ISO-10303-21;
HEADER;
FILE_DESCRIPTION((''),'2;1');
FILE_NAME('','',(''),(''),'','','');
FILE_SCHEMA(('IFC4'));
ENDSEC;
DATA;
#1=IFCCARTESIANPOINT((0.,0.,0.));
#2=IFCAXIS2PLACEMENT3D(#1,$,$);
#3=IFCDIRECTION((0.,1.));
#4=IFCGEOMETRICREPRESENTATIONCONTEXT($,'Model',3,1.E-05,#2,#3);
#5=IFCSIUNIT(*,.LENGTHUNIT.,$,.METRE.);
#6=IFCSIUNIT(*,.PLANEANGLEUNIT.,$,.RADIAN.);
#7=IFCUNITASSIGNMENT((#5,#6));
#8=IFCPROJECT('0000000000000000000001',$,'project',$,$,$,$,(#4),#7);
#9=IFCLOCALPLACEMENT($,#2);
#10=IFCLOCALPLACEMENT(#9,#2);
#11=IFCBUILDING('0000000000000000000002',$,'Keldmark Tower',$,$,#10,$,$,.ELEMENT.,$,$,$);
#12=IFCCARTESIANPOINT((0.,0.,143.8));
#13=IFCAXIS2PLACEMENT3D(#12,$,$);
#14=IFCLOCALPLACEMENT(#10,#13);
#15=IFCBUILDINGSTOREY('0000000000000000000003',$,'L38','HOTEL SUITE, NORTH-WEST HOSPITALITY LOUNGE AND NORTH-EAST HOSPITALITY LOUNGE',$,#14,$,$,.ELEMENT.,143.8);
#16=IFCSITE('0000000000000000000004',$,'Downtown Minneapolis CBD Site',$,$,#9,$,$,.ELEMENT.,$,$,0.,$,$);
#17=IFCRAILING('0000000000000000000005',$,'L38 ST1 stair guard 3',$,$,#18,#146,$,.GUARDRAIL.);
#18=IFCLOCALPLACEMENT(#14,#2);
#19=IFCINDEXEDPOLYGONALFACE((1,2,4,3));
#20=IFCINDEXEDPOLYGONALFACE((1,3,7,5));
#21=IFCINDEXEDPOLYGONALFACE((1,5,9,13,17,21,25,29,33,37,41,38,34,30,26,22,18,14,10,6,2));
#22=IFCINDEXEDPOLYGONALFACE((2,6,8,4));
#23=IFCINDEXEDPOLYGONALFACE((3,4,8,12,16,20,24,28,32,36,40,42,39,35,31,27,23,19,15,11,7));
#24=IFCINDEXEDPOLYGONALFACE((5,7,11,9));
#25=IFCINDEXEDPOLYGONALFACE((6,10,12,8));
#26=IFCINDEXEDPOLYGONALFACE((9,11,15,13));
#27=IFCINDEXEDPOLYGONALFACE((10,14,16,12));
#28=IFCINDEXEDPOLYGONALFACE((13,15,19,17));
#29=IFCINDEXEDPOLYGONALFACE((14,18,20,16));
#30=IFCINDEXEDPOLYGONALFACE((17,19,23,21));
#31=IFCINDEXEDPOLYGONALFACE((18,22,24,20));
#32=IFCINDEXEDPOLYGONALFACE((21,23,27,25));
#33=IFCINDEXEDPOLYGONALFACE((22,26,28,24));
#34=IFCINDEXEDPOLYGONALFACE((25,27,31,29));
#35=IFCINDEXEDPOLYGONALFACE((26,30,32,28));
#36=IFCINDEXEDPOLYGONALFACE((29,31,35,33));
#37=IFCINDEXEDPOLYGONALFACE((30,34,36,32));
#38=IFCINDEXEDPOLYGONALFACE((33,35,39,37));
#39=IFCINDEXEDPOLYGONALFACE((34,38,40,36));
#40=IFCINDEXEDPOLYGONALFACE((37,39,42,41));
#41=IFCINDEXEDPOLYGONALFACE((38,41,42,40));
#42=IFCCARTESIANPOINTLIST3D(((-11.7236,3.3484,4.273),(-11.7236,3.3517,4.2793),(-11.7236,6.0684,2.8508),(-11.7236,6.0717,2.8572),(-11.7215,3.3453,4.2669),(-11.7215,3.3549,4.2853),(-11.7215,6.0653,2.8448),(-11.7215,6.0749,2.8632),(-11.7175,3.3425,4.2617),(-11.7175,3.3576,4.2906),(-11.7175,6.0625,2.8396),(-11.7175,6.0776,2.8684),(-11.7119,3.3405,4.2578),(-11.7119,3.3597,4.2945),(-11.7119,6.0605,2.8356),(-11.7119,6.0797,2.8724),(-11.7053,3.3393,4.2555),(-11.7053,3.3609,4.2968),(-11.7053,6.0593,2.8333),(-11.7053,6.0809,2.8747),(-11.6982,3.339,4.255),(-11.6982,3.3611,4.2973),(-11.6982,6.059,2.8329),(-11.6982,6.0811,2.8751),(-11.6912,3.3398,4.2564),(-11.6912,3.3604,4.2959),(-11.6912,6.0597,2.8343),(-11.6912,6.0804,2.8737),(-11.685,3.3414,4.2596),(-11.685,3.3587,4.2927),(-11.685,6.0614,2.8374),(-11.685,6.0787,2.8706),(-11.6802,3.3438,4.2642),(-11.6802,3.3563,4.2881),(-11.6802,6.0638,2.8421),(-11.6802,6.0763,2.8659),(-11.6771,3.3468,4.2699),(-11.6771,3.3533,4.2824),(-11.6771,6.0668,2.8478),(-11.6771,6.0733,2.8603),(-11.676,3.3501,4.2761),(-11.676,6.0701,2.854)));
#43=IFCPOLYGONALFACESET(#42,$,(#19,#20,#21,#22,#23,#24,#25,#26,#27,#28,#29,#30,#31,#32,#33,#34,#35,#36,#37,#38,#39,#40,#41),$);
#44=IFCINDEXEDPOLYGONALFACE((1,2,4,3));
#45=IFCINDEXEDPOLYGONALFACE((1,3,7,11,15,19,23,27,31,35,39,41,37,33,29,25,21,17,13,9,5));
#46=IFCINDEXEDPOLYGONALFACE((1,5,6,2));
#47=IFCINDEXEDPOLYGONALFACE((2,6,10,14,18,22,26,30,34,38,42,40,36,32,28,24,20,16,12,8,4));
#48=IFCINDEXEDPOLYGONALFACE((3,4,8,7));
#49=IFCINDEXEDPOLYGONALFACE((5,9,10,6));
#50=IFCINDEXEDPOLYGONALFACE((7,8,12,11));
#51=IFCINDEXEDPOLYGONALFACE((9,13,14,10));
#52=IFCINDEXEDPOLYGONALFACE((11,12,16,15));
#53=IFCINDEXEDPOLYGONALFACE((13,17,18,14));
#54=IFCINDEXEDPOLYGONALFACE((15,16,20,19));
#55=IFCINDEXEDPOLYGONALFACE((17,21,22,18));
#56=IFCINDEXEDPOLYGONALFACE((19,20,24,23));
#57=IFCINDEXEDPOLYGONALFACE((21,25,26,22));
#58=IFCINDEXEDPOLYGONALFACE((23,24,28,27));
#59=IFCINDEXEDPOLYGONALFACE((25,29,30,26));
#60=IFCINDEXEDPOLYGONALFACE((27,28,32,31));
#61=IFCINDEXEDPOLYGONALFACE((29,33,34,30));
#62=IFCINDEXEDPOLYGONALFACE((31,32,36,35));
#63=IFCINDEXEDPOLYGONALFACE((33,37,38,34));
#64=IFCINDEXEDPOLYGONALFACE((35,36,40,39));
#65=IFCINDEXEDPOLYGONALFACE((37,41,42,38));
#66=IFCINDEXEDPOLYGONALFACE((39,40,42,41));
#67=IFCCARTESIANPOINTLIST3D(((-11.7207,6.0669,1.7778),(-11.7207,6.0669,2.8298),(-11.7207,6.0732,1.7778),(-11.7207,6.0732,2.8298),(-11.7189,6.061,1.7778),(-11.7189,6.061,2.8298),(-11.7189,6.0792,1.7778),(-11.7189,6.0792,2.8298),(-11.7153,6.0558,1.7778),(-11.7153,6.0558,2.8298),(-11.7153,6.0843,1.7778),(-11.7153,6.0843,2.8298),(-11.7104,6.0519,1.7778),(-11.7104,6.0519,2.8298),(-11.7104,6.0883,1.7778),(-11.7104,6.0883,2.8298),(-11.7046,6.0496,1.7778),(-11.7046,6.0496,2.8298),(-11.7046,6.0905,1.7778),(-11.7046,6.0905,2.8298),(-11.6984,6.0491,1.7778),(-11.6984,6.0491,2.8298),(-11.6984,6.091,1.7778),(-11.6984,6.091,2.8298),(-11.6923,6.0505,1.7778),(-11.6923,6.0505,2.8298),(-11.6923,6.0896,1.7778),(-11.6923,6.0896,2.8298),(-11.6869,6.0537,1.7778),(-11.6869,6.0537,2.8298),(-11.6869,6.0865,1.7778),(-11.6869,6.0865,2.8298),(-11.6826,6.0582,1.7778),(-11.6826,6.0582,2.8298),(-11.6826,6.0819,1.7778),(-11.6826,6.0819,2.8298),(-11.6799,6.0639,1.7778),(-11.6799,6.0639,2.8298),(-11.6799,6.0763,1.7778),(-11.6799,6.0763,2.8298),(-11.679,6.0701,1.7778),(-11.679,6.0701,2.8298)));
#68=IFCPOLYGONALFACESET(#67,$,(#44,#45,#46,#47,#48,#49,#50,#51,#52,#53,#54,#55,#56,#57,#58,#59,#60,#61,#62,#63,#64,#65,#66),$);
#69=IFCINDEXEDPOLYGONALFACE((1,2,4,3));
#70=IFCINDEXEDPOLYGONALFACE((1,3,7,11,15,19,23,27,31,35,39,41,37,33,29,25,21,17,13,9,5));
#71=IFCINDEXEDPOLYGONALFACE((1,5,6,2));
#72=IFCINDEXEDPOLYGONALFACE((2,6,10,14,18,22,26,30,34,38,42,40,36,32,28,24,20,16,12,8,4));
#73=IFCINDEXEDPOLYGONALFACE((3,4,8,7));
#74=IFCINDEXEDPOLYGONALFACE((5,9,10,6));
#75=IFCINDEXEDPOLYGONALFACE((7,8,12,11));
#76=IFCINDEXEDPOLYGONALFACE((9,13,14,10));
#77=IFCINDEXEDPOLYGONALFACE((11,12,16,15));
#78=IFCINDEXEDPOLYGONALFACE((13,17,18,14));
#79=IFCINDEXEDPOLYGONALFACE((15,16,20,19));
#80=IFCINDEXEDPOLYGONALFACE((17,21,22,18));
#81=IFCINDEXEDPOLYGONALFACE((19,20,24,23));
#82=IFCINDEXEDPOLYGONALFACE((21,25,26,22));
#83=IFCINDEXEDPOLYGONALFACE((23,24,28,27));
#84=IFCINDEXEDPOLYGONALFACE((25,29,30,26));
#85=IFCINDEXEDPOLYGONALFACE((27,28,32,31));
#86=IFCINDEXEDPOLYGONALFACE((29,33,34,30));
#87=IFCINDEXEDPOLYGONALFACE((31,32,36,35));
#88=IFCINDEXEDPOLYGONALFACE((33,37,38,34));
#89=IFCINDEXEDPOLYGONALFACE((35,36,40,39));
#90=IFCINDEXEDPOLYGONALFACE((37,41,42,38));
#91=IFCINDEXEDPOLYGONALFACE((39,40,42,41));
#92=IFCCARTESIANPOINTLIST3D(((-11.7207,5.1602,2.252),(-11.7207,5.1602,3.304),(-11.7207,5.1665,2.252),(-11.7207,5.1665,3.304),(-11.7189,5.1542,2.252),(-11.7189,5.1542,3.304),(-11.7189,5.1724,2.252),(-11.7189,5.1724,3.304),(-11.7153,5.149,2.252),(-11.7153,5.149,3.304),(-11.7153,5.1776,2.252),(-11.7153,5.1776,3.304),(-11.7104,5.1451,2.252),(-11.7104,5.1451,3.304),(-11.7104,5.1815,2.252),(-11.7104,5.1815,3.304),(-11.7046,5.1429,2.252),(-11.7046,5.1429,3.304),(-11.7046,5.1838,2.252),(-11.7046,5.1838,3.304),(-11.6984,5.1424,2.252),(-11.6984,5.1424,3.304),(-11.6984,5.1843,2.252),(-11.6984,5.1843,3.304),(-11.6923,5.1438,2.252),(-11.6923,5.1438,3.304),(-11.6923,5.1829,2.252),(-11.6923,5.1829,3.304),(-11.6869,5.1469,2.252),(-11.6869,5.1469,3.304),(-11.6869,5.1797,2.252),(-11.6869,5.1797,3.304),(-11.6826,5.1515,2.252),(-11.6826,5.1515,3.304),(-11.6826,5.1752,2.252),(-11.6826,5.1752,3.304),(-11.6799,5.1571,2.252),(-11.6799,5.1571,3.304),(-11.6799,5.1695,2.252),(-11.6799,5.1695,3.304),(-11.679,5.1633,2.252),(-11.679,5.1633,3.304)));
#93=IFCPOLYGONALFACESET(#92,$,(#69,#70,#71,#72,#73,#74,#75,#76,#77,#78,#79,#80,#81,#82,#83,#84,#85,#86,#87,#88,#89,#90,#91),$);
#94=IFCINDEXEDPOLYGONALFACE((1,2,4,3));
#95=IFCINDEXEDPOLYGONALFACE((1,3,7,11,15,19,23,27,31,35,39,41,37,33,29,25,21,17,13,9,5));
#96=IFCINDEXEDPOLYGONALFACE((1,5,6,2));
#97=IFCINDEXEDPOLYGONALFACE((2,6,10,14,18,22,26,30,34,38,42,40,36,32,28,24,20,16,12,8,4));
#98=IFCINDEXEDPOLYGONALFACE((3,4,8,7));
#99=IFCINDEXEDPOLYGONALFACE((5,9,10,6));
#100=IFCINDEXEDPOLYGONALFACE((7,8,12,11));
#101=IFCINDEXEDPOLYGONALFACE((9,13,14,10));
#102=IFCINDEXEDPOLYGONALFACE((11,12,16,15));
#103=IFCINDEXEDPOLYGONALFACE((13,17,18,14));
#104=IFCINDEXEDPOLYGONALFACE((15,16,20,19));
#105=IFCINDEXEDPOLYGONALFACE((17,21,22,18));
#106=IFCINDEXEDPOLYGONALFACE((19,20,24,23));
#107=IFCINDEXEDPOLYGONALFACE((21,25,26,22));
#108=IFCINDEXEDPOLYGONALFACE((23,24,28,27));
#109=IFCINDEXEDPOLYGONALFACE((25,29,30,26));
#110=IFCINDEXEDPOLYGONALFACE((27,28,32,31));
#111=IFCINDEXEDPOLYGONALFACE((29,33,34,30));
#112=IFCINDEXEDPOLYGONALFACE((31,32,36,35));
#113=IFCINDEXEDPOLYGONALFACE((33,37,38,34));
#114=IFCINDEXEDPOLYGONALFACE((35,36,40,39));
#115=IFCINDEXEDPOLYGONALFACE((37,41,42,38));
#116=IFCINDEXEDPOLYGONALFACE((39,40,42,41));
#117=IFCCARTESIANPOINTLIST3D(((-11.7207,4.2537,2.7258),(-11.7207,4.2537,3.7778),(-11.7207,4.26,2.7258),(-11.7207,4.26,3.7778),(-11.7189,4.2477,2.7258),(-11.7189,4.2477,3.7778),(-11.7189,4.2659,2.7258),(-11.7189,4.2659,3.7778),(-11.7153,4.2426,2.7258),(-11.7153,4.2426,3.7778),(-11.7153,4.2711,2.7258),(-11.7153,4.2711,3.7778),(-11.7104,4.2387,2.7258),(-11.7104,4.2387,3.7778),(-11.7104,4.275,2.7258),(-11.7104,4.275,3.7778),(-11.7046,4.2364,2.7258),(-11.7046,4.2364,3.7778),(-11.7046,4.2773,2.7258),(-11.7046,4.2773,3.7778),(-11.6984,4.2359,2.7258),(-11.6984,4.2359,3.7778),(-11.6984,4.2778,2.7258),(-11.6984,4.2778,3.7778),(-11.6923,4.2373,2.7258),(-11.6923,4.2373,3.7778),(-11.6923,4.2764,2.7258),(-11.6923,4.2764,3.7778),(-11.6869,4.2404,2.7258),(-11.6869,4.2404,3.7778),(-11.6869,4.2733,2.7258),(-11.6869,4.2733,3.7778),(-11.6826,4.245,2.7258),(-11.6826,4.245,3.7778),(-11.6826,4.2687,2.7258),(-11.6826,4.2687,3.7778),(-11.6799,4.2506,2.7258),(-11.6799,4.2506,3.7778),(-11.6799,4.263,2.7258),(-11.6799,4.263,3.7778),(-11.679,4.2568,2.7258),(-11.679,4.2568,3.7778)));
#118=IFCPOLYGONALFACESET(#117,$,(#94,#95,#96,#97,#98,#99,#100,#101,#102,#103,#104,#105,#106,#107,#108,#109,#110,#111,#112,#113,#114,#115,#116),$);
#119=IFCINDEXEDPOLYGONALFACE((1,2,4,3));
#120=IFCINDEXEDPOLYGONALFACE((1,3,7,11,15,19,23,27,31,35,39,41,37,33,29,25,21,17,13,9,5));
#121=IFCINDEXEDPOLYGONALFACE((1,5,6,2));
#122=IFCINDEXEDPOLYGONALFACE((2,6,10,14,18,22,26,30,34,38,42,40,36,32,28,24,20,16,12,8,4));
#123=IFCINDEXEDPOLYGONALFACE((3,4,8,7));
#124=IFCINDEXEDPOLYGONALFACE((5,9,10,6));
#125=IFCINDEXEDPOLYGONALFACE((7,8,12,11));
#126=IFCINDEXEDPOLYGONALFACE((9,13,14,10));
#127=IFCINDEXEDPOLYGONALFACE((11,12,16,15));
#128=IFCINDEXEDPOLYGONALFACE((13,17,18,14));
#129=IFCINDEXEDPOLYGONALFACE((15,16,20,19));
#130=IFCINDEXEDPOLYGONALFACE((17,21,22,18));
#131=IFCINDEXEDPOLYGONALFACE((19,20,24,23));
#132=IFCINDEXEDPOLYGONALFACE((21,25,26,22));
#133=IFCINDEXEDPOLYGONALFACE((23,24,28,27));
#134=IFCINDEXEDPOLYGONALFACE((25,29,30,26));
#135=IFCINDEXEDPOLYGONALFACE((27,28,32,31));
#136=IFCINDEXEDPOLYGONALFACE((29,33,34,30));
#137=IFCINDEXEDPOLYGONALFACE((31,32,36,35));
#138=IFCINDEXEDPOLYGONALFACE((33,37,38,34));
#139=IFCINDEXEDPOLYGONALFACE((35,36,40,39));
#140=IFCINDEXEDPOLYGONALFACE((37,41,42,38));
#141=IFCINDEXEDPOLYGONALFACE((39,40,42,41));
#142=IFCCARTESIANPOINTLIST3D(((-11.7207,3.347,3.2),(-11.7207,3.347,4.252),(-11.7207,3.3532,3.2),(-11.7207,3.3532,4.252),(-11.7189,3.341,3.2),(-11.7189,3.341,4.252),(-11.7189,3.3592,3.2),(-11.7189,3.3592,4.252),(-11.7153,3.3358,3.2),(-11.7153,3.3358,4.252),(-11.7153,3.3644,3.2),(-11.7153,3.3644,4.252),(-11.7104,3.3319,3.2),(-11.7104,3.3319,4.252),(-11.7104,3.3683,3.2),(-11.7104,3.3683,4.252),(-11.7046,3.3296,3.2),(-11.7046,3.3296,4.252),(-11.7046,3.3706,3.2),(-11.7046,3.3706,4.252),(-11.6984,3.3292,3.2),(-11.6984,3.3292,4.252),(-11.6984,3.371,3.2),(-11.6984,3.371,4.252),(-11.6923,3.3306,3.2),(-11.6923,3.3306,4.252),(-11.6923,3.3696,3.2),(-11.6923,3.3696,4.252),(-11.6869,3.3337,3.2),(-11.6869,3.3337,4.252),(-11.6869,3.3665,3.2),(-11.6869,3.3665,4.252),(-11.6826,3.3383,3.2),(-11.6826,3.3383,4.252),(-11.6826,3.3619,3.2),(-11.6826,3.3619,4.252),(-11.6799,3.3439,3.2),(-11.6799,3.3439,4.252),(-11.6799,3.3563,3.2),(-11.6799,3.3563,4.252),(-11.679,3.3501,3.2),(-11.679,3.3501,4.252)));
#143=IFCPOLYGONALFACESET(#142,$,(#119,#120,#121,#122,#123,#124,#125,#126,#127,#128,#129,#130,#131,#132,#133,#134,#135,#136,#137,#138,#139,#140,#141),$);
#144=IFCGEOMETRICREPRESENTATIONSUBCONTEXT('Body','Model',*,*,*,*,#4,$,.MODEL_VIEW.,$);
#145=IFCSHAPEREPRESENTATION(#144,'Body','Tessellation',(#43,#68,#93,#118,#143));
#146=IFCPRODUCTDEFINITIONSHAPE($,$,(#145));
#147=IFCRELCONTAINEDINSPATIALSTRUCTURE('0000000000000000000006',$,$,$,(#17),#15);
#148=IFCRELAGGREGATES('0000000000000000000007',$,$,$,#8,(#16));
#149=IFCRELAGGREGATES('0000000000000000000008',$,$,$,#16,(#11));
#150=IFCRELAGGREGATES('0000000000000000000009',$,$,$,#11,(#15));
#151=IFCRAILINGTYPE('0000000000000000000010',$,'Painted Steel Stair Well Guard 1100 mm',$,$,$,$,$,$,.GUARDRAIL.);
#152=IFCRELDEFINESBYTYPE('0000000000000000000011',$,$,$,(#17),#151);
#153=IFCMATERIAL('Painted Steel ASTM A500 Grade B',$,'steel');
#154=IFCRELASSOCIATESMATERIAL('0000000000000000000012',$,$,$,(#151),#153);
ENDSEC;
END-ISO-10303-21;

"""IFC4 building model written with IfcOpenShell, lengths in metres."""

from ifc_helpers import new_model, si_unit, direction, frame, origin, origin_2d, place, context, subcontext, project, spatial, circle, extrude, material, type_object, element, save


model = new_model("IFC4")

# Units and contexts
model_context = context("Model", 3, precision=1e-05, world=origin(), true_north=direction((0.0, 1.0)))
body_context = subcontext(model_context, "Body", "Model", "MODEL_VIEW")
ifc_project = project(units=[si_unit("LENGTHUNIT", "METRE"), si_unit("PLANEANGLEUNIT", "RADIAN")], contexts=[model_context])

# Site, building, storey
site_placement = place(None, origin())
site = spatial("IfcSite", under=ifc_project, at=site_placement, Name="Downtown Minneapolis CBD Site", CompositionType="ELEMENT", RefElevation=0.0)
building_placement = place(site_placement, origin())
building = spatial("IfcBuilding", under=site, at=building_placement, Name="Keldmark Tower", CompositionType="ELEMENT")
storey_placement = place(building_placement, frame((0.0, 0.0, 143.8)))
storey = spatial("IfcBuildingStorey", under=building, at=storey_placement, Name="L38", Description="HOTEL SUITE, NORTH-WEST HOSPITALITY LOUNGE AND NORTH-EAST HOSPITALITY LOUNGE", CompositionType="ELEMENT", Elevation=143.8)

# Railing
ifc_material_1 = material(Name="Painted Steel ASTM A500 Grade B", Category="steel")
railing_type_1 = type_object("IfcRailingType", Name="Painted Steel Stair Well Guard 1100 mm", PredefinedType="GUARDRAIL", material=ifc_material_1)
railing_1_placement = place(storey_placement, frame((-11.7, 6.0701, 1.7778)))
element("IfcRailing", 1, at=railing_1_placement, inside=storey, type_object=railing_type_1, Name="L38 ST1 stair guard 3", PredefinedType="GUARDRAIL", context=body_context, shape_type="SweptSolid", body=[
    extrude(circle(Radius=0.0239, at=origin_2d()), frame((0.0, 0.0, 1.0762), z_axis=(0.0, -0.886183, 0.463335), x_axis=(1.0, 0.0, 0.0)), (0.0, 0.0, 1.0), 3.0693),
    extrude(circle(Radius=0.021, at=origin_2d()), origin(), (0.0, 0.0, 1.0), 1.052),
    extrude(circle(Radius=0.021, at=origin_2d()), frame((0.0, -0.9067, 0.4741)), (0.0, 0.0, 1.0), 1.052),
    extrude(circle(Radius=0.021, at=origin_2d()), frame((0.0, -1.8132, 0.948)), (0.0, 0.0, 1.0), 1.052),
    extrude(circle(Radius=0.021, at=origin_2d()), frame((0.0, -2.72, 1.4221)), (0.0, 0.0, 1.0), 1.052),
])

save(model, "model.ifc")
